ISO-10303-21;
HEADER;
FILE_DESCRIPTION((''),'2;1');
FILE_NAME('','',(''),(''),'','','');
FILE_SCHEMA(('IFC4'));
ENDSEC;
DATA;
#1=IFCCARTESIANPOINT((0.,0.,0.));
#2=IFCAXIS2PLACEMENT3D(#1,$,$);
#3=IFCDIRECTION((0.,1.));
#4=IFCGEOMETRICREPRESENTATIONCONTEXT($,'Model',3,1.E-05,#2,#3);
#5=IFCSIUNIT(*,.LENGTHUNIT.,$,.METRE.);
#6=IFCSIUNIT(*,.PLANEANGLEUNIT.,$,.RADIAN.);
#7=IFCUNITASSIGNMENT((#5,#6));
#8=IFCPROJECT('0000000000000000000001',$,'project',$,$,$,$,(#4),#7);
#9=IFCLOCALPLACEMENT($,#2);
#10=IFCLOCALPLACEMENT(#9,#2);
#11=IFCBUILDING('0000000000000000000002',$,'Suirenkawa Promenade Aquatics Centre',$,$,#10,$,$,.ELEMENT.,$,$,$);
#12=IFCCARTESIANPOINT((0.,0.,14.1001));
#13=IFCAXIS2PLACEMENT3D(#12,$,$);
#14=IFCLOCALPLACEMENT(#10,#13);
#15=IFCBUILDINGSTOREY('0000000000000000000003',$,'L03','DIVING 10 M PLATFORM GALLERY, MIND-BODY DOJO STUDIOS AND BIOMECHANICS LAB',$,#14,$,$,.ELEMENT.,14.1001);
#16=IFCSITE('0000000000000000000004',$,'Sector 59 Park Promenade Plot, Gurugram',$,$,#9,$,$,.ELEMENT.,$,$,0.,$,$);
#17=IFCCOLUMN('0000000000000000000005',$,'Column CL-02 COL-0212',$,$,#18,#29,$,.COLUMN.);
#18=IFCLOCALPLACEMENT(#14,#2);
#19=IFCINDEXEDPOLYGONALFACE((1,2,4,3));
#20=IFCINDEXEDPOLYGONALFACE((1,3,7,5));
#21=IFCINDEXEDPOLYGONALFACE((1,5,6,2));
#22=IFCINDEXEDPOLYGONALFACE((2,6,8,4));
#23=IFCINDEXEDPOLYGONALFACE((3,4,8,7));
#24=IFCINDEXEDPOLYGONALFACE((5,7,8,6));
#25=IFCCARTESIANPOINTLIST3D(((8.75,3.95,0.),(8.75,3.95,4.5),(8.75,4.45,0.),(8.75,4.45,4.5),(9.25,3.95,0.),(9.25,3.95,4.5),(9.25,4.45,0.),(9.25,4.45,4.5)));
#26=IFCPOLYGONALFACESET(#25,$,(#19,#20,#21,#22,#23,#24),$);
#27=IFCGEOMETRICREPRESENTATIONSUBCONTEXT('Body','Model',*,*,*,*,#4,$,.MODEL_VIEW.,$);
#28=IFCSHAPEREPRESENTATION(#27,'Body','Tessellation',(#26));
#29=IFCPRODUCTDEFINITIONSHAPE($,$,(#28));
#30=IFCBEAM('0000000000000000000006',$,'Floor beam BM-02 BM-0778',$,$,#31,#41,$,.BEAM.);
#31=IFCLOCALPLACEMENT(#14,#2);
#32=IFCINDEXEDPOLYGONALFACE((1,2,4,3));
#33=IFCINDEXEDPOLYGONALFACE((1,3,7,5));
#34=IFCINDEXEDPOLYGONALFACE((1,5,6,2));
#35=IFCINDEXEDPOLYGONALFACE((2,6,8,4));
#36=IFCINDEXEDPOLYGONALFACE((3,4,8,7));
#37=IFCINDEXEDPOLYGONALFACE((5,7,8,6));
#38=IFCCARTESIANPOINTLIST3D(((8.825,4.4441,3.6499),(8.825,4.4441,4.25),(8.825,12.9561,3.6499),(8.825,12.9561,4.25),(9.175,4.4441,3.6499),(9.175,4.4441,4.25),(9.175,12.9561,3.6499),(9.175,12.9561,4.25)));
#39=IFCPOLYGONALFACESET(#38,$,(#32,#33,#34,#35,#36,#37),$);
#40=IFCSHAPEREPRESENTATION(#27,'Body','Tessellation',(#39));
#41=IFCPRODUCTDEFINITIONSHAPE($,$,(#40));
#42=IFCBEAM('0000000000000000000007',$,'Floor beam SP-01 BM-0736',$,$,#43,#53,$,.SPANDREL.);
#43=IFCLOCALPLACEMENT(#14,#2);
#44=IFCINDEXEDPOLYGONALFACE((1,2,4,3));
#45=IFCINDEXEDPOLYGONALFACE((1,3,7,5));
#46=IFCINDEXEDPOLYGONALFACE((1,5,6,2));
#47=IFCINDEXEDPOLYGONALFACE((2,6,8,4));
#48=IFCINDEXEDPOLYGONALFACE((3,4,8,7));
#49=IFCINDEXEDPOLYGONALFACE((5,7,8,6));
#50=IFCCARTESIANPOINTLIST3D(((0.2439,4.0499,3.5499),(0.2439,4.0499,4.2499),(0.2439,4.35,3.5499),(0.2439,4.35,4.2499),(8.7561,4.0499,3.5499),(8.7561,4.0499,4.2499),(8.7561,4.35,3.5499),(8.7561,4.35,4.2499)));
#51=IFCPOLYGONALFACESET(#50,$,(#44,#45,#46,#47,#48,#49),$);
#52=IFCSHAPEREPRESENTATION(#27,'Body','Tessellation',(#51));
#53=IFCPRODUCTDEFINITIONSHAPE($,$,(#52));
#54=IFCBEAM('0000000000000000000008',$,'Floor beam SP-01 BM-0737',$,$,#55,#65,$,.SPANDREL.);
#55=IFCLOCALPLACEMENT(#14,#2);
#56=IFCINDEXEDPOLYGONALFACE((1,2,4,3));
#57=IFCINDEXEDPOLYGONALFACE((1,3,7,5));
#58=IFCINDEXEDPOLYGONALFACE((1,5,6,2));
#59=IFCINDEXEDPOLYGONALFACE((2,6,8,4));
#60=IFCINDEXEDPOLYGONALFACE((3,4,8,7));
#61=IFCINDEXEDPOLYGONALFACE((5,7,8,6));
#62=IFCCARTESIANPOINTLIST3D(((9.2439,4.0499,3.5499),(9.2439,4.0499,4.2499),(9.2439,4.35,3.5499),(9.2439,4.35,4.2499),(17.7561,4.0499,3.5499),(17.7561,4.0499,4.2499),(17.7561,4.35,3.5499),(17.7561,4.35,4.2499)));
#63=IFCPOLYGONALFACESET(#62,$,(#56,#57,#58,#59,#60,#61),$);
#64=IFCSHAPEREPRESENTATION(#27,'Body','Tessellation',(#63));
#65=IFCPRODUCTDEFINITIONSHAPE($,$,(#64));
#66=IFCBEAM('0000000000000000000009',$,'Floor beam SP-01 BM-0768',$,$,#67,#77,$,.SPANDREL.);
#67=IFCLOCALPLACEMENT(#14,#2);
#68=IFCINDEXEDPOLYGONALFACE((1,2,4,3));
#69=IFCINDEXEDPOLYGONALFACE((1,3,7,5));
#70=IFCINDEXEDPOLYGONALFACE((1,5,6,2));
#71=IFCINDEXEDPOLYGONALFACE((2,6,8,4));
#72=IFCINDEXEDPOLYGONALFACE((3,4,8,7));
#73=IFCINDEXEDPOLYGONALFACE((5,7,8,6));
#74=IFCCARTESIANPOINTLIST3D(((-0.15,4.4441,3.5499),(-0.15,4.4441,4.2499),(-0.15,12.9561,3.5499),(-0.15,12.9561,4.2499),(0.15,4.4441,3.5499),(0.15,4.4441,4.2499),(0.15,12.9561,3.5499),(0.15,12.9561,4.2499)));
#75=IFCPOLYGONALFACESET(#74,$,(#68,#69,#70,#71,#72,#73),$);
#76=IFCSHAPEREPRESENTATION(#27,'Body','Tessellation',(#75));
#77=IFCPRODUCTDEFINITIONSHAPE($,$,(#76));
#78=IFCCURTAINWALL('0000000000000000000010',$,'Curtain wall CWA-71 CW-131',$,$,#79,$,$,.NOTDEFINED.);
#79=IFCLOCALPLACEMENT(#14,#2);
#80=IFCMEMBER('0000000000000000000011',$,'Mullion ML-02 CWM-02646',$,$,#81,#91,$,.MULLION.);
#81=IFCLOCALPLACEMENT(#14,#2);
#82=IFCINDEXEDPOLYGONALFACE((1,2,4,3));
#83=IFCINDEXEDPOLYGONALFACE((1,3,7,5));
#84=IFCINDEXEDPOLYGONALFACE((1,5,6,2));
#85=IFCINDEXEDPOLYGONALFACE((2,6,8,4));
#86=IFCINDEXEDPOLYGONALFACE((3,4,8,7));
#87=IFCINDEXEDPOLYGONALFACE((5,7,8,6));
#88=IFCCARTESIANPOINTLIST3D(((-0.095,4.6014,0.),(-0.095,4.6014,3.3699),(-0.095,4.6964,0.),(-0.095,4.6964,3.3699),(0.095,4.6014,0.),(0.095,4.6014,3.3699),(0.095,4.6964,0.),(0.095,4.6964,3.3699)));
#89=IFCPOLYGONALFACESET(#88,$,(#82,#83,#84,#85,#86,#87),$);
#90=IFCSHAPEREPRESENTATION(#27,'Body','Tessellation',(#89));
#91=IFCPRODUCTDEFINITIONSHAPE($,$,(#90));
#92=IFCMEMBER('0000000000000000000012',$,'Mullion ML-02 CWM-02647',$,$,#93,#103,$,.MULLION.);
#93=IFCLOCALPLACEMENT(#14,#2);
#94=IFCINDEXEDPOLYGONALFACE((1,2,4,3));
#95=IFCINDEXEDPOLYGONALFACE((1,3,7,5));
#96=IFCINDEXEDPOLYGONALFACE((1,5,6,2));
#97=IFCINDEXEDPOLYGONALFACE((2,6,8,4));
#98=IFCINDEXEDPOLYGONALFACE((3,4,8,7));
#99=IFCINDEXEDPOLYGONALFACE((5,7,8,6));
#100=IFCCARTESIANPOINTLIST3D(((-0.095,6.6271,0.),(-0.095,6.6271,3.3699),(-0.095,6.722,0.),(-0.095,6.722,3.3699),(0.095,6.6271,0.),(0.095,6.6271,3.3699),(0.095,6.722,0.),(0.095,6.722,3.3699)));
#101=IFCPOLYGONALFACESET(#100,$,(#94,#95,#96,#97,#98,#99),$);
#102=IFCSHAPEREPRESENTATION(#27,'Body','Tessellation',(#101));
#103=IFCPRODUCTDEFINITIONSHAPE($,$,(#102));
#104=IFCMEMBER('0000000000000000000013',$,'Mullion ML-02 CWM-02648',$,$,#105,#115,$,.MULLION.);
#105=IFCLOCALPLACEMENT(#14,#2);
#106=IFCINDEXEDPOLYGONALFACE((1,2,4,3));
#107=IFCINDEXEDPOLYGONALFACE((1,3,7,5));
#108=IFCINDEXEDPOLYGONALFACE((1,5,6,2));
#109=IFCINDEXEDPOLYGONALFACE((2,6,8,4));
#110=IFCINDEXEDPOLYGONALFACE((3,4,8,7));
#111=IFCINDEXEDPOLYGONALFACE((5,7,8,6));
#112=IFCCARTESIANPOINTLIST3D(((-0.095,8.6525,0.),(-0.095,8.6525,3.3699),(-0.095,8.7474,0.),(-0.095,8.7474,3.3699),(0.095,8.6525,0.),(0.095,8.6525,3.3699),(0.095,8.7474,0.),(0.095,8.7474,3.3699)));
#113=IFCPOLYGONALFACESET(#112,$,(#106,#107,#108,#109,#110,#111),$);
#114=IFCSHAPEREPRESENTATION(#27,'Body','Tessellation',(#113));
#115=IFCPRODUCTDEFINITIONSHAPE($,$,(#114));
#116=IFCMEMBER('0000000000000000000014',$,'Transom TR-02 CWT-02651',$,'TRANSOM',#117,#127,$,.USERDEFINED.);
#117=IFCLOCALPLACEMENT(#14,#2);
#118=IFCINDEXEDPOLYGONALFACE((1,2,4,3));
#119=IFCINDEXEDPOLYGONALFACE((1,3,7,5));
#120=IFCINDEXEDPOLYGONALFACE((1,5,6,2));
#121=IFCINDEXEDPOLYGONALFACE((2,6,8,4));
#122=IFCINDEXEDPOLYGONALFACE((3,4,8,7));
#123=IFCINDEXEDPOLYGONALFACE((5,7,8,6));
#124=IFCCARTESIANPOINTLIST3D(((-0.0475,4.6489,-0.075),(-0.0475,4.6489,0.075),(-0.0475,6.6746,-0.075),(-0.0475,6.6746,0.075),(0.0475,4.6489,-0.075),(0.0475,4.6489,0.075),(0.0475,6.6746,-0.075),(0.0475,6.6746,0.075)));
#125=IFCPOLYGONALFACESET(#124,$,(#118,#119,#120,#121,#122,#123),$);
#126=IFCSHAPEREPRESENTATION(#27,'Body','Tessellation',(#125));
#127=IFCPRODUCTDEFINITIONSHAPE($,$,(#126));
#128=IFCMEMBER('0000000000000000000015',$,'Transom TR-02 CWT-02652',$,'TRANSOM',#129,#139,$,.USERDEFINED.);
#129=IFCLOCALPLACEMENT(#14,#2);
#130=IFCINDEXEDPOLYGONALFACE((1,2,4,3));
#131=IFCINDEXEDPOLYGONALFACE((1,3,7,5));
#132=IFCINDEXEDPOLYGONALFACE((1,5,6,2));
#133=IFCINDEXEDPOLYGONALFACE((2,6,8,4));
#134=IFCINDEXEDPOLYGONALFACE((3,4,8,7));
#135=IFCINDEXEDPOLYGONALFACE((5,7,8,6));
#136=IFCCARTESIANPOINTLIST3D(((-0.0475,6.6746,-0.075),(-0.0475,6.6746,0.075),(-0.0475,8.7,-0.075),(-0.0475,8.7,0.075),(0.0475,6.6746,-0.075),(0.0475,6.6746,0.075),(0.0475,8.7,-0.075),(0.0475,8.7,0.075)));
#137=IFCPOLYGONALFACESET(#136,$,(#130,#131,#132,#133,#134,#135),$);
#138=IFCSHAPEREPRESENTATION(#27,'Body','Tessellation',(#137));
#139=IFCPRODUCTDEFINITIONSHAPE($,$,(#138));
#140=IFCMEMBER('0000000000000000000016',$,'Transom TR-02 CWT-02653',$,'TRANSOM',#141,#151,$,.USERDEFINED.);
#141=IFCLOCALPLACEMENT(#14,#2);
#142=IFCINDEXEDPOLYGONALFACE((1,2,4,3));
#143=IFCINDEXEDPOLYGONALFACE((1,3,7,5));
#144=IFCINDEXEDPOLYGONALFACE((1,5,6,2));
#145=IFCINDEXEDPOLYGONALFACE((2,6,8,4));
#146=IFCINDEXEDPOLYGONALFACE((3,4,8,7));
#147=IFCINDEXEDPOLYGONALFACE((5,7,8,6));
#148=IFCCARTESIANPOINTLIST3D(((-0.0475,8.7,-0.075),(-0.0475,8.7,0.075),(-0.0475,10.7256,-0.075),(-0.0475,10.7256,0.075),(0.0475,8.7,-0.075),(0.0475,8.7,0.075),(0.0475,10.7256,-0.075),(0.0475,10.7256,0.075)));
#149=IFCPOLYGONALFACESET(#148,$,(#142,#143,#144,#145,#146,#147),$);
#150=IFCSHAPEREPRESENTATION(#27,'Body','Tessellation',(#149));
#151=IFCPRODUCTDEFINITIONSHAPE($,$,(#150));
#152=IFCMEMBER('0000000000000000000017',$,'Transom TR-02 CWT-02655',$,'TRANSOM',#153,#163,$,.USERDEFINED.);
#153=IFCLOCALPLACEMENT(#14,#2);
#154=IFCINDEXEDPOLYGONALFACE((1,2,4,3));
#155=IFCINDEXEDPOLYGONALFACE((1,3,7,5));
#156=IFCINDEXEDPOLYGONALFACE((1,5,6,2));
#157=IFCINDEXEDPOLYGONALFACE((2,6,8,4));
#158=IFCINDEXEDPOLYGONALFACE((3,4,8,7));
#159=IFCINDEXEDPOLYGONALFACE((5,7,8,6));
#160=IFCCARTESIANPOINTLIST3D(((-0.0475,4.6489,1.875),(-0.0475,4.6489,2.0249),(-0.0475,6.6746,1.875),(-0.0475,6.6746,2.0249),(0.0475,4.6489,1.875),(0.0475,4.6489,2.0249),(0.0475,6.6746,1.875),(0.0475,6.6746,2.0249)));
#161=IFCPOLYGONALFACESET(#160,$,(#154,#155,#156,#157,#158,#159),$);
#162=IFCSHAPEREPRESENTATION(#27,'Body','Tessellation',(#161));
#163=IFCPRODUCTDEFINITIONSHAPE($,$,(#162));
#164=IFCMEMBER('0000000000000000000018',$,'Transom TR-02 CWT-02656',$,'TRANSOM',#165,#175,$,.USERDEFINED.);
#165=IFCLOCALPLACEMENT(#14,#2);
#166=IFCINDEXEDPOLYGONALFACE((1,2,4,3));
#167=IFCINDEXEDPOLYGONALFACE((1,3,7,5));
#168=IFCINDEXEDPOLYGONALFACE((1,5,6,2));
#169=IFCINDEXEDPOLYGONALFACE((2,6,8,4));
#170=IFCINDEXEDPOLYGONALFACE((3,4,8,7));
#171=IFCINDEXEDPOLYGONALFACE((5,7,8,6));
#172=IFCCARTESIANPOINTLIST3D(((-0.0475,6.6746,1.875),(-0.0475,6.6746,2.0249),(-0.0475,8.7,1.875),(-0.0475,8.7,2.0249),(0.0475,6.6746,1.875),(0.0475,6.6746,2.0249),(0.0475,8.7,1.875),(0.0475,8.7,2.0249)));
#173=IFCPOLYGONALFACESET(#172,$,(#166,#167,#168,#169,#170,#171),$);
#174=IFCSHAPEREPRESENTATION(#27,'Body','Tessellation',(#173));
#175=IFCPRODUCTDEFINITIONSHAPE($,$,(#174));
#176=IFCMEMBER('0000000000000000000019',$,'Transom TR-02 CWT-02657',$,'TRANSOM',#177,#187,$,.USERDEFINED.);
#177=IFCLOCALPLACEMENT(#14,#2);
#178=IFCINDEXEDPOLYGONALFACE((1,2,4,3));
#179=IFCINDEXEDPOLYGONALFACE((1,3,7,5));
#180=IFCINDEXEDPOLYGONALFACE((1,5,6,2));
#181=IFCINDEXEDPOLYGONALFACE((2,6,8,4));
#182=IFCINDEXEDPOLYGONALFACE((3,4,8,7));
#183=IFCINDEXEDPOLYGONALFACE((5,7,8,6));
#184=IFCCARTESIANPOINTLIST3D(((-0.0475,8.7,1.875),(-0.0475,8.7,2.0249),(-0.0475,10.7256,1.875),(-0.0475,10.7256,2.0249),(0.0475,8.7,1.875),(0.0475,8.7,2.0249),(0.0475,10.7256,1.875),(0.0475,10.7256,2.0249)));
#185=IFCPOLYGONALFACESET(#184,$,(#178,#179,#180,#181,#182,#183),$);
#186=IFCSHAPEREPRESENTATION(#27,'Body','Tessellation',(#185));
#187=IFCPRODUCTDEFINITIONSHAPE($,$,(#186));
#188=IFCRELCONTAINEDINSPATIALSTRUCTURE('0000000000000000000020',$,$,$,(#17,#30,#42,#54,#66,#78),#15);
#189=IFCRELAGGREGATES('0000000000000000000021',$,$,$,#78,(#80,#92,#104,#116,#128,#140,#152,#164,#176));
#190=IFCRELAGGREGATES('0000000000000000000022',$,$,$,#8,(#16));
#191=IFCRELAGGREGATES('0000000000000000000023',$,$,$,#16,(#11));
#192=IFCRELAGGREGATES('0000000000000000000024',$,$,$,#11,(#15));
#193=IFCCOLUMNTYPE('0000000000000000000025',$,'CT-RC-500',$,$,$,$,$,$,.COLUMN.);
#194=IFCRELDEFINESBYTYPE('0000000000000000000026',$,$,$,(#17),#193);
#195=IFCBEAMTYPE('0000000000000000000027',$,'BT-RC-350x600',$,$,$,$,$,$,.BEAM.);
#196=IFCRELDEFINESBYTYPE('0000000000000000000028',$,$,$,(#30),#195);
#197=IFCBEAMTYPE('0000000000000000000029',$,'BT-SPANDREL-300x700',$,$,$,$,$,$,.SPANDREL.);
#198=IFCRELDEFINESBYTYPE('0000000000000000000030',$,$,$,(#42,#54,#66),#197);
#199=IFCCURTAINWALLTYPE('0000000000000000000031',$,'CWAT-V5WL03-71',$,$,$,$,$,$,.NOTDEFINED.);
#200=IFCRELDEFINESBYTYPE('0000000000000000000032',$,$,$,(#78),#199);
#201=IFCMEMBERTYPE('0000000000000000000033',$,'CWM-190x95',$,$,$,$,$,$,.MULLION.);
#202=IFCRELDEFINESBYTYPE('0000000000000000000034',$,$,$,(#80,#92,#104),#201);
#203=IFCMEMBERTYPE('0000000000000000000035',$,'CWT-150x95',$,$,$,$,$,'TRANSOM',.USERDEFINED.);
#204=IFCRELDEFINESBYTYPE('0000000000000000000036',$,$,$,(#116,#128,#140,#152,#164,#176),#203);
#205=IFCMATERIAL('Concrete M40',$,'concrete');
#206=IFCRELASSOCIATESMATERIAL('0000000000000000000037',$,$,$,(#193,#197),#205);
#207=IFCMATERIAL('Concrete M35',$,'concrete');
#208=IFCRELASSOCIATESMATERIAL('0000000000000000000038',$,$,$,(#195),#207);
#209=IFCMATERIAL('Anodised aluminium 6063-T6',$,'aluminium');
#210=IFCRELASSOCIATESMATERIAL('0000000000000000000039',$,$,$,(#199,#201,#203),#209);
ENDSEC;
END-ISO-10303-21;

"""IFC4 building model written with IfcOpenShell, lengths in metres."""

from ifc_helpers import new_model, si_unit, direction, frame, origin, origin_2d, place, context, subcontext, project, spatial, rectangle, extrude, material, material_profile, profile_set, type_object, element, aggregate, save


model = new_model("IFC4")

# Units and contexts
model_context = context("Model", 3, precision=1e-05, world=origin(), true_north=direction((0.0, 1.0)))
body_context = subcontext(model_context, "Body", "Model", "MODEL_VIEW")
ifc_project = project(units=[si_unit("LENGTHUNIT", "METRE"), si_unit("PLANEANGLEUNIT", "RADIAN")], contexts=[model_context])

# Site, building, storey
site_placement = place(None, origin())
site = spatial("IfcSite", under=ifc_project, at=site_placement, Name="Sector 59 Park Promenade Plot, Gurugram", CompositionType="ELEMENT", RefElevation=0.0)
building_placement = place(site_placement, origin())
building = spatial("IfcBuilding", under=site, at=building_placement, Name="Suirenkawa Promenade Aquatics Centre", CompositionType="ELEMENT")
storey_placement = place(building_placement, frame((0.0, 0.0, 14.1001)))
storey = spatial("IfcBuildingStorey", under=building, at=storey_placement, Name="L03", Description="DIVING 10 M PLATFORM GALLERY, MIND-BODY DOJO STUDIOS AND BIOMECHANICS LAB", CompositionType="ELEMENT", Elevation=14.1001)

# Column
ifc_material_1 = material(Name="Concrete M40", Category="concrete")
ifc_material_profile_1 = material_profile(ifc_material_1, rectangle(XDim=0.5, YDim=0.5, at=origin_2d()), Name="RC COL 500x500", Category="concrete")
ifc_profile_set_1 = profile_set([ifc_material_profile_1], Name="Concrete M40")
column_type = type_object("IfcColumnType", Name="CT-RC-500", PredefinedType="COLUMN", material=ifc_profile_set_1)
column_placement = place(storey_placement, frame((9.0, 4.2, 0.0), z_axis=(0.0, 0.0, 1.0), x_axis=(1.0, 0.0, 0.0)))
element("IfcColumn", 1, at=column_placement, inside=storey, type_object=column_type, Name="Column CL-02 COL-0212", PredefinedType="COLUMN", context=body_context, shape_type="SweptSolid", body=[
    extrude(rectangle(XDim=0.5, YDim=0.5, at=origin_2d()), origin(), (0.0, 0.0, 1.0), 4.5),
])

# Beams
ifc_material_2 = material(Name="Concrete M35", Category="concrete")
ifc_material_profile_2 = material_profile(ifc_material_2, rectangle(XDim=0.3501, YDim=0.6001, at=origin_2d()), Name="RC BM 350x600", Category="concrete")
ifc_profile_set_2 = profile_set([ifc_material_profile_2], Name="Concrete M35")
beam_type_1 = type_object("IfcBeamType", Name="BT-RC-350x600", PredefinedType="BEAM", material=ifc_profile_set_2)
beam_1_placement = place(storey_placement, frame((9.0, 4.4441, 3.95), z_axis=(0.0, 1.0, 0.0), x_axis=(-1.0, 0.0, 0.0)))
element("IfcBeam", 2, at=beam_1_placement, inside=storey, type_object=beam_type_1, Name="Floor beam BM-02 BM-0778", PredefinedType="BEAM", context=body_context, shape_type="SweptSolid", body=[
    extrude(rectangle(XDim=0.3501, YDim=0.6001, at=origin_2d()), origin(), (0.0, 0.0, 1.0), 8.512),
])
ifc_material_profile_3 = material_profile(ifc_material_1, rectangle(XDim=0.3, YDim=0.7, at=origin_2d()), Name="RC SPANDREL 300x700", Category="concrete")
ifc_profile_set_3 = profile_set([ifc_material_profile_3], Name="Concrete M40")
beam_type_2 = type_object("IfcBeamType", Name="BT-SPANDREL-300x700", PredefinedType="SPANDREL", material=ifc_profile_set_3)
for number, where, z_axis, x_axis, name in (
    (3, (0.2439, 4.2, 3.8999), (1.0, 0.0, 0.0), (0.0, 1.0, 0.0), "Floor beam SP-01 BM-0736"),
    (4, (9.2439, 4.2, 3.8999), (1.0, 0.0, 0.0), (0.0, 1.0, 0.0), "Floor beam SP-01 BM-0737"),
):
    element("IfcBeam", number, at=place(storey_placement, frame(where, z_axis=z_axis, x_axis=x_axis)), inside=storey, type_object=beam_type_2, Name=name, PredefinedType="SPANDREL", context=body_context, shape_type="SweptSolid", body=[
        extrude(rectangle(XDim=0.3, YDim=0.7, at=origin_2d()), origin(), (0.0, 0.0, 1.0), 8.5122),
    ])
beam_2_placement = place(storey_placement, frame((0.0, 4.4441, 3.8999), z_axis=(0.0, 1.0, 0.0), x_axis=(-1.0, 0.0, 0.0)))
element("IfcBeam", 5, at=beam_2_placement, inside=storey, type_object=beam_type_2, Name="Floor beam SP-01 BM-0768", PredefinedType="SPANDREL", context=body_context, shape_type="SweptSolid", body=[
    extrude(rectangle(XDim=0.3, YDim=0.7, at=origin_2d()), origin(), (0.0, 0.0, 1.0), 8.512),
])

# Curtain wall, members
ifc_material_3 = material(Name="Anodised aluminium 6063-T6", Category="aluminium")
curtain_wall_type = type_object("IfcCurtainWallType", Name="CWAT-V5WL03-71", PredefinedType="NOTDEFINED", material=ifc_material_3)
curtain_wall_placement = place(storey_placement, origin())
curtain_wall = element("IfcCurtainWall", 6, at=curtain_wall_placement, inside=storey, type_object=curtain_wall_type, Name="Curtain wall CWA-71 CW-131", PredefinedType="NOTDEFINED")
ifc_material_profile_4 = material_profile(ifc_material_3, rectangle(XDim=0.095, YDim=0.1899, at=origin_2d()), Name="ALU MULL 95x190", Category="aluminium")
ifc_profile_set_4 = profile_set([ifc_material_profile_4], Name="Anodised aluminium 6063-T6")
member_type_1 = type_object("IfcMemberType", Name="CWM-190x95", PredefinedType="MULLION", material=ifc_profile_set_4)
member_1_placement = place(storey_placement, frame((0.0, 4.6489, 0.0), z_axis=(0.0, 0.0, 1.0), x_axis=(0.0, 1.0, 0.0)))
member_1 = element("IfcMember", 7, at=member_1_placement, type_object=member_type_1, Name="Mullion ML-02 CWM-02646", PredefinedType="MULLION", context=body_context, shape_type="SweptSolid", body=[
    extrude(rectangle(XDim=0.095, YDim=0.1899, at=origin_2d()), origin(), (0.0, 0.0, 1.0), 3.3699),
])
member_2_placement = place(storey_placement, frame((0.0, 6.6746, 0.0), z_axis=(0.0, 0.0, 1.0), x_axis=(0.0, 1.0, 0.0)))
member_2 = element("IfcMember", 8, at=member_2_placement, type_object=member_type_1, Name="Mullion ML-02 CWM-02647", PredefinedType="MULLION", context=body_context, shape_type="SweptSolid", body=[
    extrude(rectangle(XDim=0.095, YDim=0.1899, at=origin_2d()), origin(), (0.0, 0.0, 1.0), 3.3699),
])
member_3_placement = place(storey_placement, frame((0.0, 8.7, 0.0), z_axis=(0.0, 0.0, 1.0), x_axis=(0.0, 1.0, 0.0)))
member_3 = element("IfcMember", 9, at=member_3_placement, type_object=member_type_1, Name="Mullion ML-02 CWM-02648", PredefinedType="MULLION", context=body_context, shape_type="SweptSolid", body=[
    extrude(rectangle(XDim=0.095, YDim=0.1899, at=origin_2d()), origin(), (0.0, 0.0, 1.0), 3.3699),
])
ifc_material_profile_5 = material_profile(ifc_material_3, rectangle(XDim=0.095, YDim=0.1499, at=origin_2d()), Name="ALU TRAN 95x150", Category="aluminium")
ifc_profile_set_5 = profile_set([ifc_material_profile_5], Name="Anodised aluminium 6063-T6")
member_type_2 = type_object("IfcMemberType", Name="CWT-150x95", ElementType="TRANSOM", PredefinedType="USERDEFINED", material=ifc_profile_set_5)
member_4_placement = place(storey_placement, frame((0.0, 4.6489, 0.0), z_axis=(0.0, 1.0, 0.0), x_axis=(-1.0, 0.0, 0.0)))
member_4 = element("IfcMember", 10, at=member_4_placement, type_object=member_type_2, Name="Transom TR-02 CWT-02651", ObjectType="TRANSOM", PredefinedType="USERDEFINED", context=body_context, shape_type="SweptSolid", body=[
    extrude(rectangle(XDim=0.095, YDim=0.1499, at=origin_2d()), origin(), (0.0, 0.0, 1.0), 2.0256),
])
member_5_placement = place(storey_placement, frame((0.0, 6.6746, 0.0), z_axis=(0.0, 1.0, 0.0), x_axis=(-1.0, 0.0, 0.0)))
member_5 = element("IfcMember", 11, at=member_5_placement, type_object=member_type_2, Name="Transom TR-02 CWT-02652", ObjectType="TRANSOM", PredefinedType="USERDEFINED", context=body_context, shape_type="SweptSolid", body=[
    extrude(rectangle(XDim=0.095, YDim=0.1499, at=origin_2d()), origin(), (0.0, 0.0, 1.0), 2.0254),
])
member_6_placement = place(storey_placement, frame((0.0, 8.7, 0.0), z_axis=(0.0, 1.0, 0.0), x_axis=(-1.0, 0.0, 0.0)))
member_6 = element("IfcMember", 12, at=member_6_placement, type_object=member_type_2, Name="Transom TR-02 CWT-02653", ObjectType="TRANSOM", PredefinedType="USERDEFINED", context=body_context, shape_type="SweptSolid", body=[
    extrude(rectangle(XDim=0.095, YDim=0.1499, at=origin_2d()), origin(), (0.0, 0.0, 1.0), 2.0256),
])
member_7_placement = place(storey_placement, frame((0.0, 4.6489, 1.95), z_axis=(0.0, 1.0, 0.0), x_axis=(-1.0, 0.0, 0.0)))
member_7 = element("IfcMember", 13, at=member_7_placement, type_object=member_type_2, Name="Transom TR-02 CWT-02655", ObjectType="TRANSOM", PredefinedType="USERDEFINED", context=body_context, shape_type="SweptSolid", body=[
    extrude(rectangle(XDim=0.095, YDim=0.1499, at=origin_2d()), origin(), (0.0, 0.0, 1.0), 2.0256),
])
member_8_placement = place(storey_placement, frame((0.0, 6.6746, 1.95), z_axis=(0.0, 1.0, 0.0), x_axis=(-1.0, 0.0, 0.0)))
member_8 = element("IfcMember", 14, at=member_8_placement, type_object=member_type_2, Name="Transom TR-02 CWT-02656", ObjectType="TRANSOM", PredefinedType="USERDEFINED", context=body_context, shape_type="SweptSolid", body=[
    extrude(rectangle(XDim=0.095, YDim=0.1499, at=origin_2d()), origin(), (0.0, 0.0, 1.0), 2.0254),
])
member_9_placement = place(storey_placement, frame((0.0, 8.7, 1.95), z_axis=(0.0, 1.0, 0.0), x_axis=(-1.0, 0.0, 0.0)))
member_9 = element("IfcMember", 15, at=member_9_placement, type_object=member_type_2, Name="Transom TR-02 CWT-02657", ObjectType="TRANSOM", PredefinedType="USERDEFINED", context=body_context, shape_type="SweptSolid", body=[
    extrude(rectangle(XDim=0.095, YDim=0.1499, at=origin_2d()), origin(), (0.0, 0.0, 1.0), 2.0256),
])
aggregate(curtain_wall, [member_1, member_2, member_3, member_4, member_5, member_6, member_7, member_8, member_9])

save(model, "model.ifc")
